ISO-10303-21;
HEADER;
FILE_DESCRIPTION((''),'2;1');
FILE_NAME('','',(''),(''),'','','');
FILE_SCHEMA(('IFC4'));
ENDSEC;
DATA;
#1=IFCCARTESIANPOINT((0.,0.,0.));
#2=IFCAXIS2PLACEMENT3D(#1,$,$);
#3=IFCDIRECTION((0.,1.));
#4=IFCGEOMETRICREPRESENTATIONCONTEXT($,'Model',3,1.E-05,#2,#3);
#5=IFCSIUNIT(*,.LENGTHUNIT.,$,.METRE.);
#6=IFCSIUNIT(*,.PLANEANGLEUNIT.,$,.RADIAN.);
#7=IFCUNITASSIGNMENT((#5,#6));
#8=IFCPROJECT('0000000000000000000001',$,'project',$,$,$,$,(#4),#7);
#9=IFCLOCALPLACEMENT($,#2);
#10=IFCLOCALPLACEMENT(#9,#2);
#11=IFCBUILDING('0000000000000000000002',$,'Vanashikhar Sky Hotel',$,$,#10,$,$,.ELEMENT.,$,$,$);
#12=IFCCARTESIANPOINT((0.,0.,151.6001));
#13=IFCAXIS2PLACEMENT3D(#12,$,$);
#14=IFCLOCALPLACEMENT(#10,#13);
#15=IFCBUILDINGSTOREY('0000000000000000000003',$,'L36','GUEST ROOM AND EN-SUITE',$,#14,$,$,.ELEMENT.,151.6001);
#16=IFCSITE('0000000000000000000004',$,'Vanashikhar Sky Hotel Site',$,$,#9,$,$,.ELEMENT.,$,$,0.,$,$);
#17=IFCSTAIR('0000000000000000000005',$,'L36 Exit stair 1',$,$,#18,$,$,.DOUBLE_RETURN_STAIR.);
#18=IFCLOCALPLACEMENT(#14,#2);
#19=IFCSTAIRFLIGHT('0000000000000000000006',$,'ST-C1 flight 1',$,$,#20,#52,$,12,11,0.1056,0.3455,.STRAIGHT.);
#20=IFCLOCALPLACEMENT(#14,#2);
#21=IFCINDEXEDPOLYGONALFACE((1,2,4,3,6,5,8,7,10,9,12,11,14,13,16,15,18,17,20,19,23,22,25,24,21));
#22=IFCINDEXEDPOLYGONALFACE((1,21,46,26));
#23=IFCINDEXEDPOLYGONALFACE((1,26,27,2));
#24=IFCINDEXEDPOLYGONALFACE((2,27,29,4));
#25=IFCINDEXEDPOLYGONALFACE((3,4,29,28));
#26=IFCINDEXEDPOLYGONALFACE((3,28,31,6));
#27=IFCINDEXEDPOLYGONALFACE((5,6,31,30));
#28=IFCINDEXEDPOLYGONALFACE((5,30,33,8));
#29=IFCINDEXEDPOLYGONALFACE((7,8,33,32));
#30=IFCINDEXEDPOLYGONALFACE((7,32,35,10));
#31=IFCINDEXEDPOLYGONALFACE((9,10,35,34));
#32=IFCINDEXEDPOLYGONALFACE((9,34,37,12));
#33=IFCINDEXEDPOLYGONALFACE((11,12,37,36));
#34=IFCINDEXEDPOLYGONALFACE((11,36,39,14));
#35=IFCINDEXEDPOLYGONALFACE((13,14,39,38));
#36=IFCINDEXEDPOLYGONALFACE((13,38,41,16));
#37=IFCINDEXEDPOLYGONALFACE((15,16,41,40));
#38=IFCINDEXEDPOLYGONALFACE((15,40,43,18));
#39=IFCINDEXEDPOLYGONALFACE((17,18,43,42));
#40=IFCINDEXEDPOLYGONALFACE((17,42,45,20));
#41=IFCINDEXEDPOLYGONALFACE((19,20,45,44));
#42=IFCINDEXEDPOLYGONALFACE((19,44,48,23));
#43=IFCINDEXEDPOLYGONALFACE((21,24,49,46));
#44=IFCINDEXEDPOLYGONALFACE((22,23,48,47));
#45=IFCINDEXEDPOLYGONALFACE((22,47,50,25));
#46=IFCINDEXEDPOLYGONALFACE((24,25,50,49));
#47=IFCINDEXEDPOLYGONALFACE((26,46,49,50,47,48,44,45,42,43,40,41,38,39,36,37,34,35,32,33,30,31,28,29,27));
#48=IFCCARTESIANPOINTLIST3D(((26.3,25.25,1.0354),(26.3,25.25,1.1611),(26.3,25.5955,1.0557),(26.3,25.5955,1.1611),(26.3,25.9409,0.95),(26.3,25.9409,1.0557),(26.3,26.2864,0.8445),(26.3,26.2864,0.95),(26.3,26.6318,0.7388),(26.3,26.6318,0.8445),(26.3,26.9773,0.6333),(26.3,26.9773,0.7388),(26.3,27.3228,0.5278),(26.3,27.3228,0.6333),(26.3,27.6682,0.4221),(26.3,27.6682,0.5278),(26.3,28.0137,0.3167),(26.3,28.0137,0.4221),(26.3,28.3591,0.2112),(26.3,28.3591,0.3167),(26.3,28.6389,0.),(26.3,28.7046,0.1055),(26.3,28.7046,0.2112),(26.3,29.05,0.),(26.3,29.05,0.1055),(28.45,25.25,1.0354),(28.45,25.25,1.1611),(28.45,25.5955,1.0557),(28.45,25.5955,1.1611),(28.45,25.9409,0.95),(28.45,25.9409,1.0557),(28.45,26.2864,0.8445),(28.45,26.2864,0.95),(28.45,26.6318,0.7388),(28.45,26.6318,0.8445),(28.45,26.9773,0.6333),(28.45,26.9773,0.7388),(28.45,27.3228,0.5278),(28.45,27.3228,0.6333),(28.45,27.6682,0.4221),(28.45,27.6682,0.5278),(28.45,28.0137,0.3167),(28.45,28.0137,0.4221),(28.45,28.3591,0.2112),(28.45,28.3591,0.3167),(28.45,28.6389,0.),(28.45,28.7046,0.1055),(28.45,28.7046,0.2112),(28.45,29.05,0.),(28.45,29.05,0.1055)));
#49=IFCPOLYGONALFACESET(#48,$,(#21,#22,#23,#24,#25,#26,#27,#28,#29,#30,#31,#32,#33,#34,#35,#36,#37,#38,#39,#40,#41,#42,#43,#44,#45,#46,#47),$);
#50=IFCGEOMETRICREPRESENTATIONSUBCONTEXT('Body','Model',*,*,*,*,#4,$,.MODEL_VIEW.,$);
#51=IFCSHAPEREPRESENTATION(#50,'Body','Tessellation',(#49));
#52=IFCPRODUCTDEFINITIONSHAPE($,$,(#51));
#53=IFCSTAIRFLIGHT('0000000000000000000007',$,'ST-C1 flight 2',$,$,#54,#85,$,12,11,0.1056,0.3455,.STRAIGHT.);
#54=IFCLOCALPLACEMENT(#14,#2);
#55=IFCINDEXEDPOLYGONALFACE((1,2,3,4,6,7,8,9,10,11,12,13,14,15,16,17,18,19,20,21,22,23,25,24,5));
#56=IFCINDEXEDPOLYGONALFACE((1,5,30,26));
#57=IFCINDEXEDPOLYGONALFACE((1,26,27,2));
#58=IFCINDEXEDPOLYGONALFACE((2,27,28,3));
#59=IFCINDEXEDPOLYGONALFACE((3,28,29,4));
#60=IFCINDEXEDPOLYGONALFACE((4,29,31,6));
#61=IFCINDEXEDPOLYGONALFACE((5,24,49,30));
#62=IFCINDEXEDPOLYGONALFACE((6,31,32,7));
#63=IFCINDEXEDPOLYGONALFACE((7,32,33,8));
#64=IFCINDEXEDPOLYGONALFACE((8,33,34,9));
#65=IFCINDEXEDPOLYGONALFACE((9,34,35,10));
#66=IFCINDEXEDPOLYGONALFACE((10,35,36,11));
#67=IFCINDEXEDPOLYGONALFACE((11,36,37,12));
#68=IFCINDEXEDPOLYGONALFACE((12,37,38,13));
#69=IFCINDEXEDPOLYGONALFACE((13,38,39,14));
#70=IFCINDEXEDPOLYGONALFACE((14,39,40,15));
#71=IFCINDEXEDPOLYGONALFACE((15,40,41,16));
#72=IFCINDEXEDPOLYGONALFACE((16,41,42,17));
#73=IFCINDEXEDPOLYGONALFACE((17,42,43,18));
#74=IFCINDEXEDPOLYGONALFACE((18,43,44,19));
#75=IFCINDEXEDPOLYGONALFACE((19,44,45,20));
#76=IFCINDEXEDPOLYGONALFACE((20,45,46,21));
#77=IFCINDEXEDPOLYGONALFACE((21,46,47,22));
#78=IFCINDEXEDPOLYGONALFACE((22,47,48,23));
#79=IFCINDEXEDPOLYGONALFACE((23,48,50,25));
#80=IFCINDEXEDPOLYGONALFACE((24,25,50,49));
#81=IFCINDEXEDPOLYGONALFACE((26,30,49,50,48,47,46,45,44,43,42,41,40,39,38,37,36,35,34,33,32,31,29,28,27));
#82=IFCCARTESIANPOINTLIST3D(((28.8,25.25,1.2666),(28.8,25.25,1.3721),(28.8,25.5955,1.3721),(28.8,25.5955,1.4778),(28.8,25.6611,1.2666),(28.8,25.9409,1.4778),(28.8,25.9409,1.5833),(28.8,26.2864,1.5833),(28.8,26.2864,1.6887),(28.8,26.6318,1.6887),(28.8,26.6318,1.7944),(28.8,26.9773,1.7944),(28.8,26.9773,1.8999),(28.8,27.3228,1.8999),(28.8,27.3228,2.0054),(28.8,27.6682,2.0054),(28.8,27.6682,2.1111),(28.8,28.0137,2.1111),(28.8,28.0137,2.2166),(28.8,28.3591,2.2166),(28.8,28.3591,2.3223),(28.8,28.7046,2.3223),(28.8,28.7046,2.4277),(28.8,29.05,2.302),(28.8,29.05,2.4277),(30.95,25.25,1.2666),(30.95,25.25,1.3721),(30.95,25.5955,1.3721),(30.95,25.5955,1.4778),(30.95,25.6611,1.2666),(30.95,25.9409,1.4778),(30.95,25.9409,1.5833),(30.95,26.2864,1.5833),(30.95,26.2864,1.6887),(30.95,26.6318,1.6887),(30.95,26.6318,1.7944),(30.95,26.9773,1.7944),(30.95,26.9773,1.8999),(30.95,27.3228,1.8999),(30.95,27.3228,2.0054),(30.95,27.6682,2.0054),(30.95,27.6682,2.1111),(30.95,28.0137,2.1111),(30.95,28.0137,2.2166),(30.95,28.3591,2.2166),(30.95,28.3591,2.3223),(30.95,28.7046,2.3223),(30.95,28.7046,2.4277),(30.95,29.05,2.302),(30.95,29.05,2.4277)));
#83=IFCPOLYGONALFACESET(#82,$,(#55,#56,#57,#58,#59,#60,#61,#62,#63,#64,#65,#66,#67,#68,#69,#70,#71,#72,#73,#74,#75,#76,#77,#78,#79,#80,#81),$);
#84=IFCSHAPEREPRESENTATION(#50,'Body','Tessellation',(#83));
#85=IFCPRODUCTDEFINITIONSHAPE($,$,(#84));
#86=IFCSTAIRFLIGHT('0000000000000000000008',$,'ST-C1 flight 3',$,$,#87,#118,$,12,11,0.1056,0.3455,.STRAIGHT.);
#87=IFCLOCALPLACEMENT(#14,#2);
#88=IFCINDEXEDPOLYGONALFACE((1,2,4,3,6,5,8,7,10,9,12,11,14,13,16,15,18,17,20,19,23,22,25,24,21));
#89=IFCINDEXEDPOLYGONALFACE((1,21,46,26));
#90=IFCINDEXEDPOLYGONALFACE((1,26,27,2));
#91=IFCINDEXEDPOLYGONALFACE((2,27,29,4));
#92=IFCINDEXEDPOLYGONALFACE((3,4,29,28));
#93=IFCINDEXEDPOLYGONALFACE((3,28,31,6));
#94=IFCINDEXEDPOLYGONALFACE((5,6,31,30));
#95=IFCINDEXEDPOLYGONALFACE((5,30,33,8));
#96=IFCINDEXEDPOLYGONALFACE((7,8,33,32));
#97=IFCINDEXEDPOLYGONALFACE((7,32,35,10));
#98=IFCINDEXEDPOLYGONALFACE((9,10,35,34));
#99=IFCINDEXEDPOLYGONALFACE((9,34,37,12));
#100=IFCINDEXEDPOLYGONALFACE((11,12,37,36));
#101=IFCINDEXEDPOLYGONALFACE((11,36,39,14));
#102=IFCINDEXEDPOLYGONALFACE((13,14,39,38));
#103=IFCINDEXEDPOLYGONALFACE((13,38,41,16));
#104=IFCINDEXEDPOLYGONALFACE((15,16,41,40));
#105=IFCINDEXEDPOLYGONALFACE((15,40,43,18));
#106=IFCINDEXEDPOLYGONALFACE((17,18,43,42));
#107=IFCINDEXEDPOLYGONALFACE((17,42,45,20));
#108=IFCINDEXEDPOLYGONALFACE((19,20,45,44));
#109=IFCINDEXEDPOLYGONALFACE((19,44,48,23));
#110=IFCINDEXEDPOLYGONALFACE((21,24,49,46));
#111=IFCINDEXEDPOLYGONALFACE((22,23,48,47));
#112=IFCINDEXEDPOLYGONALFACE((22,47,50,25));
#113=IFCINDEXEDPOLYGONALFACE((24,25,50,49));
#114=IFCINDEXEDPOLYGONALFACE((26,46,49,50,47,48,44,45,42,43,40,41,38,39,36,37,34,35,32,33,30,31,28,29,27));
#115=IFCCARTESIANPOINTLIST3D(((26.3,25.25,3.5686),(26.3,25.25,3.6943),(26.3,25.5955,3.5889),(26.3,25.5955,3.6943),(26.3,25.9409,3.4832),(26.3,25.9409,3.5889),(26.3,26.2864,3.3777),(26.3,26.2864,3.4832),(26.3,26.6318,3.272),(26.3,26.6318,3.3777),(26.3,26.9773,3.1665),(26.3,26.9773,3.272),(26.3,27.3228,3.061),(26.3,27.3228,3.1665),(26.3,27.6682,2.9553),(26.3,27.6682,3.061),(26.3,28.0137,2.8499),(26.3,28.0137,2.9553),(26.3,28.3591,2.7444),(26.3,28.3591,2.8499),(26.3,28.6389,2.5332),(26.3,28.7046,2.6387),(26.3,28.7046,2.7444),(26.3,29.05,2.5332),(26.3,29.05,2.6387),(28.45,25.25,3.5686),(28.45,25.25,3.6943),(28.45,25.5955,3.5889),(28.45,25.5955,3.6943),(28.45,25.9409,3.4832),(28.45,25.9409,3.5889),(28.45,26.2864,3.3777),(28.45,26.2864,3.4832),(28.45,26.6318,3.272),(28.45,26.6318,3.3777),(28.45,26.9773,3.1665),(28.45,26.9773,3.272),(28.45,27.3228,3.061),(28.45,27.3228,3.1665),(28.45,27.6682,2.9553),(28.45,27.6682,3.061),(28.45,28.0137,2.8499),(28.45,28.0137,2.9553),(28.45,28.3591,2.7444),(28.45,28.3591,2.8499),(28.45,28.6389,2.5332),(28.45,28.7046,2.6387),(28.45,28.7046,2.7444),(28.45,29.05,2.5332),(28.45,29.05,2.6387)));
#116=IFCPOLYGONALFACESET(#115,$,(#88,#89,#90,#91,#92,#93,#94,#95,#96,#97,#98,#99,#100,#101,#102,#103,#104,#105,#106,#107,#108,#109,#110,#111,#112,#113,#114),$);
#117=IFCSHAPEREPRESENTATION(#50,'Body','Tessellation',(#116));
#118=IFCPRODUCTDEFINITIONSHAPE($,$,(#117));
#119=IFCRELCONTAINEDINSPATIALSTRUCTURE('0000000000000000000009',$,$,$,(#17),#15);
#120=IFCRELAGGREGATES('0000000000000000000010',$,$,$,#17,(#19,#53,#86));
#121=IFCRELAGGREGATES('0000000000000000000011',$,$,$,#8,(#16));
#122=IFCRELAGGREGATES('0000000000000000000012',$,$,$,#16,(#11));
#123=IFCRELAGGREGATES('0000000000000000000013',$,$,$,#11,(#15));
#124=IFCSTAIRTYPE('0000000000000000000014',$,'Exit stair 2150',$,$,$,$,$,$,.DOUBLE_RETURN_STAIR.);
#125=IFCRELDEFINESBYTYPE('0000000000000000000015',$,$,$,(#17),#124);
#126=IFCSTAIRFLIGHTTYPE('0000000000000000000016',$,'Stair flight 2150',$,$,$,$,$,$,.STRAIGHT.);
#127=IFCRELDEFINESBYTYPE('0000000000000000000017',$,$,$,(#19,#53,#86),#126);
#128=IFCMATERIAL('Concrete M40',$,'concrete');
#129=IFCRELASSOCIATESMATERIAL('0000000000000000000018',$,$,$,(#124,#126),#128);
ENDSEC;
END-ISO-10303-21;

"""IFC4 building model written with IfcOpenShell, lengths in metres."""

from ifc_helpers import new_model, si_unit, direction, frame, origin, place, context, subcontext, project, spatial, polyline, outline, extrude, source, transform, mapped, material, type_object, element, aggregate, save


model = new_model("IFC4")

# Units and contexts
model_context = context("Model", 3, precision=1e-05, world=origin(), true_north=direction((0.0, 1.0)))
body_context = subcontext(model_context, "Body", "Model", "MODEL_VIEW")
ifc_project = project(units=[si_unit("LENGTHUNIT", "METRE"), si_unit("PLANEANGLEUNIT", "RADIAN")], contexts=[model_context])

# Site, building, storey
site_placement = place(None, origin())
site = spatial("IfcSite", under=ifc_project, at=site_placement, Name="Vanashikhar Sky Hotel Site", CompositionType="ELEMENT", RefElevation=0.0)
building_placement = place(site_placement, origin())
building = spatial("IfcBuilding", under=site, at=building_placement, Name="Vanashikhar Sky Hotel", CompositionType="ELEMENT")
storey_placement = place(building_placement, frame((0.0, 0.0, 151.6001)))
storey = spatial("IfcBuildingStorey", under=building, at=storey_placement, Name="L36", Description="GUEST ROOM AND EN-SUITE", CompositionType="ELEMENT", Elevation=151.6001)

# Shared definitions
ifc_material_1 = material(Name="Concrete M40", Category="concrete")

# Stair, stair flights
stair_type = type_object("IfcStairType", Name="Exit stair 2150", PredefinedType="DOUBLE_RETURN_STAIR", material=ifc_material_1)
stair_placement = place(storey_placement, origin())
stair = element("IfcStair", 1, at=stair_placement, inside=storey, type_object=stair_type, Name="L36 Exit stair 1", PredefinedType="DOUBLE_RETURN_STAIR")
stair_flight_type = type_object("IfcStairFlightType", Name="Stair flight 2150", PredefinedType="STRAIGHT", material=ifc_material_1)
shared_shape_1 = source(origin(), body_context, "Body", "SweptSolid", [
    extrude(outline(polyline([(0.0, 0.0), (0.0, 0.1055), (0.3455, 0.1055), (0.3455, 0.2112), (0.6909, 0.2112), (0.6909, 0.3167), (1.0364, 0.3167), (1.0364, 0.4221), (1.3818, 0.4221), (1.3818, 0.5278), (1.7273, 0.5278), (1.7273, 0.6333), (2.0728, 0.6333), (2.0728, 0.7388), (2.4182, 0.7388), (2.4182, 0.8445), (2.7637, 0.8445), (2.7637, 0.95), (3.1091, 0.95), (3.1091, 1.0557), (3.4546, 1.0557), (3.4546, 1.1611), (3.8, 1.1611), (3.8, 1.2666), (3.8, 1.0354), (0.4111, 0.0), (0.0, 0.0)])), frame((0.0, 1.075, 0.0), z_axis=(0.0, -1.0, 0.0), x_axis=(1.0, 0.0, 0.0)), (0.0, 0.0, 1.0), 2.1499),
])
stair_flight_1_placement = place(storey_placement, frame((27.375, 29.05, 0.0), z_axis=(0.0, 0.0, 1.0), x_axis=(0.0, -1.0, 0.0)))
stair_flight_1 = element("IfcStairFlight", 2, at=stair_flight_1_placement, type_object=stair_flight_type, Name="ST-C1 flight 1", NumberOfRisers=12, NumberOfTreads=11, PredefinedType="STRAIGHT", RiserHeight=0.1056, TreadLength=0.3455, context=body_context, shape_type="MappedRepresentation", body=[
    mapped(shared_shape_1, transform((0.0, 0.0, 0.0), scale=1.0)),
])
stair_flight_2_placement = place(storey_placement, frame((29.875, 25.25, 1.2666), z_axis=(0.0, 0.0, 1.0), x_axis=(0.0, 1.0, 0.0)))
stair_flight_2 = element("IfcStairFlight", 3, at=stair_flight_2_placement, type_object=stair_flight_type, Name="ST-C1 flight 2", NumberOfRisers=12, NumberOfTreads=11, PredefinedType="STRAIGHT", RiserHeight=0.1056, TreadLength=0.3455, context=body_context, shape_type="MappedRepresentation", body=[
    mapped(shared_shape_1, transform((0.0, 0.0, 0.0), scale=1.0)),
])
stair_flight_3_placement = place(storey_placement, frame((27.375, 29.05, 2.5332), z_axis=(0.0, 0.0, 1.0), x_axis=(0.0, -1.0, 0.0)))
stair_flight_3 = element("IfcStairFlight", 4, at=stair_flight_3_placement, type_object=stair_flight_type, Name="ST-C1 flight 3", NumberOfRisers=12, NumberOfTreads=11, PredefinedType="STRAIGHT", RiserHeight=0.1056, TreadLength=0.3455, context=body_context, shape_type="MappedRepresentation", body=[
    mapped(shared_shape_1, transform((0.0, 0.0, 0.0), scale=1.0)),
])
aggregate(stair, [stair_flight_1, stair_flight_2, stair_flight_3])

save(model, "model.ifc")
